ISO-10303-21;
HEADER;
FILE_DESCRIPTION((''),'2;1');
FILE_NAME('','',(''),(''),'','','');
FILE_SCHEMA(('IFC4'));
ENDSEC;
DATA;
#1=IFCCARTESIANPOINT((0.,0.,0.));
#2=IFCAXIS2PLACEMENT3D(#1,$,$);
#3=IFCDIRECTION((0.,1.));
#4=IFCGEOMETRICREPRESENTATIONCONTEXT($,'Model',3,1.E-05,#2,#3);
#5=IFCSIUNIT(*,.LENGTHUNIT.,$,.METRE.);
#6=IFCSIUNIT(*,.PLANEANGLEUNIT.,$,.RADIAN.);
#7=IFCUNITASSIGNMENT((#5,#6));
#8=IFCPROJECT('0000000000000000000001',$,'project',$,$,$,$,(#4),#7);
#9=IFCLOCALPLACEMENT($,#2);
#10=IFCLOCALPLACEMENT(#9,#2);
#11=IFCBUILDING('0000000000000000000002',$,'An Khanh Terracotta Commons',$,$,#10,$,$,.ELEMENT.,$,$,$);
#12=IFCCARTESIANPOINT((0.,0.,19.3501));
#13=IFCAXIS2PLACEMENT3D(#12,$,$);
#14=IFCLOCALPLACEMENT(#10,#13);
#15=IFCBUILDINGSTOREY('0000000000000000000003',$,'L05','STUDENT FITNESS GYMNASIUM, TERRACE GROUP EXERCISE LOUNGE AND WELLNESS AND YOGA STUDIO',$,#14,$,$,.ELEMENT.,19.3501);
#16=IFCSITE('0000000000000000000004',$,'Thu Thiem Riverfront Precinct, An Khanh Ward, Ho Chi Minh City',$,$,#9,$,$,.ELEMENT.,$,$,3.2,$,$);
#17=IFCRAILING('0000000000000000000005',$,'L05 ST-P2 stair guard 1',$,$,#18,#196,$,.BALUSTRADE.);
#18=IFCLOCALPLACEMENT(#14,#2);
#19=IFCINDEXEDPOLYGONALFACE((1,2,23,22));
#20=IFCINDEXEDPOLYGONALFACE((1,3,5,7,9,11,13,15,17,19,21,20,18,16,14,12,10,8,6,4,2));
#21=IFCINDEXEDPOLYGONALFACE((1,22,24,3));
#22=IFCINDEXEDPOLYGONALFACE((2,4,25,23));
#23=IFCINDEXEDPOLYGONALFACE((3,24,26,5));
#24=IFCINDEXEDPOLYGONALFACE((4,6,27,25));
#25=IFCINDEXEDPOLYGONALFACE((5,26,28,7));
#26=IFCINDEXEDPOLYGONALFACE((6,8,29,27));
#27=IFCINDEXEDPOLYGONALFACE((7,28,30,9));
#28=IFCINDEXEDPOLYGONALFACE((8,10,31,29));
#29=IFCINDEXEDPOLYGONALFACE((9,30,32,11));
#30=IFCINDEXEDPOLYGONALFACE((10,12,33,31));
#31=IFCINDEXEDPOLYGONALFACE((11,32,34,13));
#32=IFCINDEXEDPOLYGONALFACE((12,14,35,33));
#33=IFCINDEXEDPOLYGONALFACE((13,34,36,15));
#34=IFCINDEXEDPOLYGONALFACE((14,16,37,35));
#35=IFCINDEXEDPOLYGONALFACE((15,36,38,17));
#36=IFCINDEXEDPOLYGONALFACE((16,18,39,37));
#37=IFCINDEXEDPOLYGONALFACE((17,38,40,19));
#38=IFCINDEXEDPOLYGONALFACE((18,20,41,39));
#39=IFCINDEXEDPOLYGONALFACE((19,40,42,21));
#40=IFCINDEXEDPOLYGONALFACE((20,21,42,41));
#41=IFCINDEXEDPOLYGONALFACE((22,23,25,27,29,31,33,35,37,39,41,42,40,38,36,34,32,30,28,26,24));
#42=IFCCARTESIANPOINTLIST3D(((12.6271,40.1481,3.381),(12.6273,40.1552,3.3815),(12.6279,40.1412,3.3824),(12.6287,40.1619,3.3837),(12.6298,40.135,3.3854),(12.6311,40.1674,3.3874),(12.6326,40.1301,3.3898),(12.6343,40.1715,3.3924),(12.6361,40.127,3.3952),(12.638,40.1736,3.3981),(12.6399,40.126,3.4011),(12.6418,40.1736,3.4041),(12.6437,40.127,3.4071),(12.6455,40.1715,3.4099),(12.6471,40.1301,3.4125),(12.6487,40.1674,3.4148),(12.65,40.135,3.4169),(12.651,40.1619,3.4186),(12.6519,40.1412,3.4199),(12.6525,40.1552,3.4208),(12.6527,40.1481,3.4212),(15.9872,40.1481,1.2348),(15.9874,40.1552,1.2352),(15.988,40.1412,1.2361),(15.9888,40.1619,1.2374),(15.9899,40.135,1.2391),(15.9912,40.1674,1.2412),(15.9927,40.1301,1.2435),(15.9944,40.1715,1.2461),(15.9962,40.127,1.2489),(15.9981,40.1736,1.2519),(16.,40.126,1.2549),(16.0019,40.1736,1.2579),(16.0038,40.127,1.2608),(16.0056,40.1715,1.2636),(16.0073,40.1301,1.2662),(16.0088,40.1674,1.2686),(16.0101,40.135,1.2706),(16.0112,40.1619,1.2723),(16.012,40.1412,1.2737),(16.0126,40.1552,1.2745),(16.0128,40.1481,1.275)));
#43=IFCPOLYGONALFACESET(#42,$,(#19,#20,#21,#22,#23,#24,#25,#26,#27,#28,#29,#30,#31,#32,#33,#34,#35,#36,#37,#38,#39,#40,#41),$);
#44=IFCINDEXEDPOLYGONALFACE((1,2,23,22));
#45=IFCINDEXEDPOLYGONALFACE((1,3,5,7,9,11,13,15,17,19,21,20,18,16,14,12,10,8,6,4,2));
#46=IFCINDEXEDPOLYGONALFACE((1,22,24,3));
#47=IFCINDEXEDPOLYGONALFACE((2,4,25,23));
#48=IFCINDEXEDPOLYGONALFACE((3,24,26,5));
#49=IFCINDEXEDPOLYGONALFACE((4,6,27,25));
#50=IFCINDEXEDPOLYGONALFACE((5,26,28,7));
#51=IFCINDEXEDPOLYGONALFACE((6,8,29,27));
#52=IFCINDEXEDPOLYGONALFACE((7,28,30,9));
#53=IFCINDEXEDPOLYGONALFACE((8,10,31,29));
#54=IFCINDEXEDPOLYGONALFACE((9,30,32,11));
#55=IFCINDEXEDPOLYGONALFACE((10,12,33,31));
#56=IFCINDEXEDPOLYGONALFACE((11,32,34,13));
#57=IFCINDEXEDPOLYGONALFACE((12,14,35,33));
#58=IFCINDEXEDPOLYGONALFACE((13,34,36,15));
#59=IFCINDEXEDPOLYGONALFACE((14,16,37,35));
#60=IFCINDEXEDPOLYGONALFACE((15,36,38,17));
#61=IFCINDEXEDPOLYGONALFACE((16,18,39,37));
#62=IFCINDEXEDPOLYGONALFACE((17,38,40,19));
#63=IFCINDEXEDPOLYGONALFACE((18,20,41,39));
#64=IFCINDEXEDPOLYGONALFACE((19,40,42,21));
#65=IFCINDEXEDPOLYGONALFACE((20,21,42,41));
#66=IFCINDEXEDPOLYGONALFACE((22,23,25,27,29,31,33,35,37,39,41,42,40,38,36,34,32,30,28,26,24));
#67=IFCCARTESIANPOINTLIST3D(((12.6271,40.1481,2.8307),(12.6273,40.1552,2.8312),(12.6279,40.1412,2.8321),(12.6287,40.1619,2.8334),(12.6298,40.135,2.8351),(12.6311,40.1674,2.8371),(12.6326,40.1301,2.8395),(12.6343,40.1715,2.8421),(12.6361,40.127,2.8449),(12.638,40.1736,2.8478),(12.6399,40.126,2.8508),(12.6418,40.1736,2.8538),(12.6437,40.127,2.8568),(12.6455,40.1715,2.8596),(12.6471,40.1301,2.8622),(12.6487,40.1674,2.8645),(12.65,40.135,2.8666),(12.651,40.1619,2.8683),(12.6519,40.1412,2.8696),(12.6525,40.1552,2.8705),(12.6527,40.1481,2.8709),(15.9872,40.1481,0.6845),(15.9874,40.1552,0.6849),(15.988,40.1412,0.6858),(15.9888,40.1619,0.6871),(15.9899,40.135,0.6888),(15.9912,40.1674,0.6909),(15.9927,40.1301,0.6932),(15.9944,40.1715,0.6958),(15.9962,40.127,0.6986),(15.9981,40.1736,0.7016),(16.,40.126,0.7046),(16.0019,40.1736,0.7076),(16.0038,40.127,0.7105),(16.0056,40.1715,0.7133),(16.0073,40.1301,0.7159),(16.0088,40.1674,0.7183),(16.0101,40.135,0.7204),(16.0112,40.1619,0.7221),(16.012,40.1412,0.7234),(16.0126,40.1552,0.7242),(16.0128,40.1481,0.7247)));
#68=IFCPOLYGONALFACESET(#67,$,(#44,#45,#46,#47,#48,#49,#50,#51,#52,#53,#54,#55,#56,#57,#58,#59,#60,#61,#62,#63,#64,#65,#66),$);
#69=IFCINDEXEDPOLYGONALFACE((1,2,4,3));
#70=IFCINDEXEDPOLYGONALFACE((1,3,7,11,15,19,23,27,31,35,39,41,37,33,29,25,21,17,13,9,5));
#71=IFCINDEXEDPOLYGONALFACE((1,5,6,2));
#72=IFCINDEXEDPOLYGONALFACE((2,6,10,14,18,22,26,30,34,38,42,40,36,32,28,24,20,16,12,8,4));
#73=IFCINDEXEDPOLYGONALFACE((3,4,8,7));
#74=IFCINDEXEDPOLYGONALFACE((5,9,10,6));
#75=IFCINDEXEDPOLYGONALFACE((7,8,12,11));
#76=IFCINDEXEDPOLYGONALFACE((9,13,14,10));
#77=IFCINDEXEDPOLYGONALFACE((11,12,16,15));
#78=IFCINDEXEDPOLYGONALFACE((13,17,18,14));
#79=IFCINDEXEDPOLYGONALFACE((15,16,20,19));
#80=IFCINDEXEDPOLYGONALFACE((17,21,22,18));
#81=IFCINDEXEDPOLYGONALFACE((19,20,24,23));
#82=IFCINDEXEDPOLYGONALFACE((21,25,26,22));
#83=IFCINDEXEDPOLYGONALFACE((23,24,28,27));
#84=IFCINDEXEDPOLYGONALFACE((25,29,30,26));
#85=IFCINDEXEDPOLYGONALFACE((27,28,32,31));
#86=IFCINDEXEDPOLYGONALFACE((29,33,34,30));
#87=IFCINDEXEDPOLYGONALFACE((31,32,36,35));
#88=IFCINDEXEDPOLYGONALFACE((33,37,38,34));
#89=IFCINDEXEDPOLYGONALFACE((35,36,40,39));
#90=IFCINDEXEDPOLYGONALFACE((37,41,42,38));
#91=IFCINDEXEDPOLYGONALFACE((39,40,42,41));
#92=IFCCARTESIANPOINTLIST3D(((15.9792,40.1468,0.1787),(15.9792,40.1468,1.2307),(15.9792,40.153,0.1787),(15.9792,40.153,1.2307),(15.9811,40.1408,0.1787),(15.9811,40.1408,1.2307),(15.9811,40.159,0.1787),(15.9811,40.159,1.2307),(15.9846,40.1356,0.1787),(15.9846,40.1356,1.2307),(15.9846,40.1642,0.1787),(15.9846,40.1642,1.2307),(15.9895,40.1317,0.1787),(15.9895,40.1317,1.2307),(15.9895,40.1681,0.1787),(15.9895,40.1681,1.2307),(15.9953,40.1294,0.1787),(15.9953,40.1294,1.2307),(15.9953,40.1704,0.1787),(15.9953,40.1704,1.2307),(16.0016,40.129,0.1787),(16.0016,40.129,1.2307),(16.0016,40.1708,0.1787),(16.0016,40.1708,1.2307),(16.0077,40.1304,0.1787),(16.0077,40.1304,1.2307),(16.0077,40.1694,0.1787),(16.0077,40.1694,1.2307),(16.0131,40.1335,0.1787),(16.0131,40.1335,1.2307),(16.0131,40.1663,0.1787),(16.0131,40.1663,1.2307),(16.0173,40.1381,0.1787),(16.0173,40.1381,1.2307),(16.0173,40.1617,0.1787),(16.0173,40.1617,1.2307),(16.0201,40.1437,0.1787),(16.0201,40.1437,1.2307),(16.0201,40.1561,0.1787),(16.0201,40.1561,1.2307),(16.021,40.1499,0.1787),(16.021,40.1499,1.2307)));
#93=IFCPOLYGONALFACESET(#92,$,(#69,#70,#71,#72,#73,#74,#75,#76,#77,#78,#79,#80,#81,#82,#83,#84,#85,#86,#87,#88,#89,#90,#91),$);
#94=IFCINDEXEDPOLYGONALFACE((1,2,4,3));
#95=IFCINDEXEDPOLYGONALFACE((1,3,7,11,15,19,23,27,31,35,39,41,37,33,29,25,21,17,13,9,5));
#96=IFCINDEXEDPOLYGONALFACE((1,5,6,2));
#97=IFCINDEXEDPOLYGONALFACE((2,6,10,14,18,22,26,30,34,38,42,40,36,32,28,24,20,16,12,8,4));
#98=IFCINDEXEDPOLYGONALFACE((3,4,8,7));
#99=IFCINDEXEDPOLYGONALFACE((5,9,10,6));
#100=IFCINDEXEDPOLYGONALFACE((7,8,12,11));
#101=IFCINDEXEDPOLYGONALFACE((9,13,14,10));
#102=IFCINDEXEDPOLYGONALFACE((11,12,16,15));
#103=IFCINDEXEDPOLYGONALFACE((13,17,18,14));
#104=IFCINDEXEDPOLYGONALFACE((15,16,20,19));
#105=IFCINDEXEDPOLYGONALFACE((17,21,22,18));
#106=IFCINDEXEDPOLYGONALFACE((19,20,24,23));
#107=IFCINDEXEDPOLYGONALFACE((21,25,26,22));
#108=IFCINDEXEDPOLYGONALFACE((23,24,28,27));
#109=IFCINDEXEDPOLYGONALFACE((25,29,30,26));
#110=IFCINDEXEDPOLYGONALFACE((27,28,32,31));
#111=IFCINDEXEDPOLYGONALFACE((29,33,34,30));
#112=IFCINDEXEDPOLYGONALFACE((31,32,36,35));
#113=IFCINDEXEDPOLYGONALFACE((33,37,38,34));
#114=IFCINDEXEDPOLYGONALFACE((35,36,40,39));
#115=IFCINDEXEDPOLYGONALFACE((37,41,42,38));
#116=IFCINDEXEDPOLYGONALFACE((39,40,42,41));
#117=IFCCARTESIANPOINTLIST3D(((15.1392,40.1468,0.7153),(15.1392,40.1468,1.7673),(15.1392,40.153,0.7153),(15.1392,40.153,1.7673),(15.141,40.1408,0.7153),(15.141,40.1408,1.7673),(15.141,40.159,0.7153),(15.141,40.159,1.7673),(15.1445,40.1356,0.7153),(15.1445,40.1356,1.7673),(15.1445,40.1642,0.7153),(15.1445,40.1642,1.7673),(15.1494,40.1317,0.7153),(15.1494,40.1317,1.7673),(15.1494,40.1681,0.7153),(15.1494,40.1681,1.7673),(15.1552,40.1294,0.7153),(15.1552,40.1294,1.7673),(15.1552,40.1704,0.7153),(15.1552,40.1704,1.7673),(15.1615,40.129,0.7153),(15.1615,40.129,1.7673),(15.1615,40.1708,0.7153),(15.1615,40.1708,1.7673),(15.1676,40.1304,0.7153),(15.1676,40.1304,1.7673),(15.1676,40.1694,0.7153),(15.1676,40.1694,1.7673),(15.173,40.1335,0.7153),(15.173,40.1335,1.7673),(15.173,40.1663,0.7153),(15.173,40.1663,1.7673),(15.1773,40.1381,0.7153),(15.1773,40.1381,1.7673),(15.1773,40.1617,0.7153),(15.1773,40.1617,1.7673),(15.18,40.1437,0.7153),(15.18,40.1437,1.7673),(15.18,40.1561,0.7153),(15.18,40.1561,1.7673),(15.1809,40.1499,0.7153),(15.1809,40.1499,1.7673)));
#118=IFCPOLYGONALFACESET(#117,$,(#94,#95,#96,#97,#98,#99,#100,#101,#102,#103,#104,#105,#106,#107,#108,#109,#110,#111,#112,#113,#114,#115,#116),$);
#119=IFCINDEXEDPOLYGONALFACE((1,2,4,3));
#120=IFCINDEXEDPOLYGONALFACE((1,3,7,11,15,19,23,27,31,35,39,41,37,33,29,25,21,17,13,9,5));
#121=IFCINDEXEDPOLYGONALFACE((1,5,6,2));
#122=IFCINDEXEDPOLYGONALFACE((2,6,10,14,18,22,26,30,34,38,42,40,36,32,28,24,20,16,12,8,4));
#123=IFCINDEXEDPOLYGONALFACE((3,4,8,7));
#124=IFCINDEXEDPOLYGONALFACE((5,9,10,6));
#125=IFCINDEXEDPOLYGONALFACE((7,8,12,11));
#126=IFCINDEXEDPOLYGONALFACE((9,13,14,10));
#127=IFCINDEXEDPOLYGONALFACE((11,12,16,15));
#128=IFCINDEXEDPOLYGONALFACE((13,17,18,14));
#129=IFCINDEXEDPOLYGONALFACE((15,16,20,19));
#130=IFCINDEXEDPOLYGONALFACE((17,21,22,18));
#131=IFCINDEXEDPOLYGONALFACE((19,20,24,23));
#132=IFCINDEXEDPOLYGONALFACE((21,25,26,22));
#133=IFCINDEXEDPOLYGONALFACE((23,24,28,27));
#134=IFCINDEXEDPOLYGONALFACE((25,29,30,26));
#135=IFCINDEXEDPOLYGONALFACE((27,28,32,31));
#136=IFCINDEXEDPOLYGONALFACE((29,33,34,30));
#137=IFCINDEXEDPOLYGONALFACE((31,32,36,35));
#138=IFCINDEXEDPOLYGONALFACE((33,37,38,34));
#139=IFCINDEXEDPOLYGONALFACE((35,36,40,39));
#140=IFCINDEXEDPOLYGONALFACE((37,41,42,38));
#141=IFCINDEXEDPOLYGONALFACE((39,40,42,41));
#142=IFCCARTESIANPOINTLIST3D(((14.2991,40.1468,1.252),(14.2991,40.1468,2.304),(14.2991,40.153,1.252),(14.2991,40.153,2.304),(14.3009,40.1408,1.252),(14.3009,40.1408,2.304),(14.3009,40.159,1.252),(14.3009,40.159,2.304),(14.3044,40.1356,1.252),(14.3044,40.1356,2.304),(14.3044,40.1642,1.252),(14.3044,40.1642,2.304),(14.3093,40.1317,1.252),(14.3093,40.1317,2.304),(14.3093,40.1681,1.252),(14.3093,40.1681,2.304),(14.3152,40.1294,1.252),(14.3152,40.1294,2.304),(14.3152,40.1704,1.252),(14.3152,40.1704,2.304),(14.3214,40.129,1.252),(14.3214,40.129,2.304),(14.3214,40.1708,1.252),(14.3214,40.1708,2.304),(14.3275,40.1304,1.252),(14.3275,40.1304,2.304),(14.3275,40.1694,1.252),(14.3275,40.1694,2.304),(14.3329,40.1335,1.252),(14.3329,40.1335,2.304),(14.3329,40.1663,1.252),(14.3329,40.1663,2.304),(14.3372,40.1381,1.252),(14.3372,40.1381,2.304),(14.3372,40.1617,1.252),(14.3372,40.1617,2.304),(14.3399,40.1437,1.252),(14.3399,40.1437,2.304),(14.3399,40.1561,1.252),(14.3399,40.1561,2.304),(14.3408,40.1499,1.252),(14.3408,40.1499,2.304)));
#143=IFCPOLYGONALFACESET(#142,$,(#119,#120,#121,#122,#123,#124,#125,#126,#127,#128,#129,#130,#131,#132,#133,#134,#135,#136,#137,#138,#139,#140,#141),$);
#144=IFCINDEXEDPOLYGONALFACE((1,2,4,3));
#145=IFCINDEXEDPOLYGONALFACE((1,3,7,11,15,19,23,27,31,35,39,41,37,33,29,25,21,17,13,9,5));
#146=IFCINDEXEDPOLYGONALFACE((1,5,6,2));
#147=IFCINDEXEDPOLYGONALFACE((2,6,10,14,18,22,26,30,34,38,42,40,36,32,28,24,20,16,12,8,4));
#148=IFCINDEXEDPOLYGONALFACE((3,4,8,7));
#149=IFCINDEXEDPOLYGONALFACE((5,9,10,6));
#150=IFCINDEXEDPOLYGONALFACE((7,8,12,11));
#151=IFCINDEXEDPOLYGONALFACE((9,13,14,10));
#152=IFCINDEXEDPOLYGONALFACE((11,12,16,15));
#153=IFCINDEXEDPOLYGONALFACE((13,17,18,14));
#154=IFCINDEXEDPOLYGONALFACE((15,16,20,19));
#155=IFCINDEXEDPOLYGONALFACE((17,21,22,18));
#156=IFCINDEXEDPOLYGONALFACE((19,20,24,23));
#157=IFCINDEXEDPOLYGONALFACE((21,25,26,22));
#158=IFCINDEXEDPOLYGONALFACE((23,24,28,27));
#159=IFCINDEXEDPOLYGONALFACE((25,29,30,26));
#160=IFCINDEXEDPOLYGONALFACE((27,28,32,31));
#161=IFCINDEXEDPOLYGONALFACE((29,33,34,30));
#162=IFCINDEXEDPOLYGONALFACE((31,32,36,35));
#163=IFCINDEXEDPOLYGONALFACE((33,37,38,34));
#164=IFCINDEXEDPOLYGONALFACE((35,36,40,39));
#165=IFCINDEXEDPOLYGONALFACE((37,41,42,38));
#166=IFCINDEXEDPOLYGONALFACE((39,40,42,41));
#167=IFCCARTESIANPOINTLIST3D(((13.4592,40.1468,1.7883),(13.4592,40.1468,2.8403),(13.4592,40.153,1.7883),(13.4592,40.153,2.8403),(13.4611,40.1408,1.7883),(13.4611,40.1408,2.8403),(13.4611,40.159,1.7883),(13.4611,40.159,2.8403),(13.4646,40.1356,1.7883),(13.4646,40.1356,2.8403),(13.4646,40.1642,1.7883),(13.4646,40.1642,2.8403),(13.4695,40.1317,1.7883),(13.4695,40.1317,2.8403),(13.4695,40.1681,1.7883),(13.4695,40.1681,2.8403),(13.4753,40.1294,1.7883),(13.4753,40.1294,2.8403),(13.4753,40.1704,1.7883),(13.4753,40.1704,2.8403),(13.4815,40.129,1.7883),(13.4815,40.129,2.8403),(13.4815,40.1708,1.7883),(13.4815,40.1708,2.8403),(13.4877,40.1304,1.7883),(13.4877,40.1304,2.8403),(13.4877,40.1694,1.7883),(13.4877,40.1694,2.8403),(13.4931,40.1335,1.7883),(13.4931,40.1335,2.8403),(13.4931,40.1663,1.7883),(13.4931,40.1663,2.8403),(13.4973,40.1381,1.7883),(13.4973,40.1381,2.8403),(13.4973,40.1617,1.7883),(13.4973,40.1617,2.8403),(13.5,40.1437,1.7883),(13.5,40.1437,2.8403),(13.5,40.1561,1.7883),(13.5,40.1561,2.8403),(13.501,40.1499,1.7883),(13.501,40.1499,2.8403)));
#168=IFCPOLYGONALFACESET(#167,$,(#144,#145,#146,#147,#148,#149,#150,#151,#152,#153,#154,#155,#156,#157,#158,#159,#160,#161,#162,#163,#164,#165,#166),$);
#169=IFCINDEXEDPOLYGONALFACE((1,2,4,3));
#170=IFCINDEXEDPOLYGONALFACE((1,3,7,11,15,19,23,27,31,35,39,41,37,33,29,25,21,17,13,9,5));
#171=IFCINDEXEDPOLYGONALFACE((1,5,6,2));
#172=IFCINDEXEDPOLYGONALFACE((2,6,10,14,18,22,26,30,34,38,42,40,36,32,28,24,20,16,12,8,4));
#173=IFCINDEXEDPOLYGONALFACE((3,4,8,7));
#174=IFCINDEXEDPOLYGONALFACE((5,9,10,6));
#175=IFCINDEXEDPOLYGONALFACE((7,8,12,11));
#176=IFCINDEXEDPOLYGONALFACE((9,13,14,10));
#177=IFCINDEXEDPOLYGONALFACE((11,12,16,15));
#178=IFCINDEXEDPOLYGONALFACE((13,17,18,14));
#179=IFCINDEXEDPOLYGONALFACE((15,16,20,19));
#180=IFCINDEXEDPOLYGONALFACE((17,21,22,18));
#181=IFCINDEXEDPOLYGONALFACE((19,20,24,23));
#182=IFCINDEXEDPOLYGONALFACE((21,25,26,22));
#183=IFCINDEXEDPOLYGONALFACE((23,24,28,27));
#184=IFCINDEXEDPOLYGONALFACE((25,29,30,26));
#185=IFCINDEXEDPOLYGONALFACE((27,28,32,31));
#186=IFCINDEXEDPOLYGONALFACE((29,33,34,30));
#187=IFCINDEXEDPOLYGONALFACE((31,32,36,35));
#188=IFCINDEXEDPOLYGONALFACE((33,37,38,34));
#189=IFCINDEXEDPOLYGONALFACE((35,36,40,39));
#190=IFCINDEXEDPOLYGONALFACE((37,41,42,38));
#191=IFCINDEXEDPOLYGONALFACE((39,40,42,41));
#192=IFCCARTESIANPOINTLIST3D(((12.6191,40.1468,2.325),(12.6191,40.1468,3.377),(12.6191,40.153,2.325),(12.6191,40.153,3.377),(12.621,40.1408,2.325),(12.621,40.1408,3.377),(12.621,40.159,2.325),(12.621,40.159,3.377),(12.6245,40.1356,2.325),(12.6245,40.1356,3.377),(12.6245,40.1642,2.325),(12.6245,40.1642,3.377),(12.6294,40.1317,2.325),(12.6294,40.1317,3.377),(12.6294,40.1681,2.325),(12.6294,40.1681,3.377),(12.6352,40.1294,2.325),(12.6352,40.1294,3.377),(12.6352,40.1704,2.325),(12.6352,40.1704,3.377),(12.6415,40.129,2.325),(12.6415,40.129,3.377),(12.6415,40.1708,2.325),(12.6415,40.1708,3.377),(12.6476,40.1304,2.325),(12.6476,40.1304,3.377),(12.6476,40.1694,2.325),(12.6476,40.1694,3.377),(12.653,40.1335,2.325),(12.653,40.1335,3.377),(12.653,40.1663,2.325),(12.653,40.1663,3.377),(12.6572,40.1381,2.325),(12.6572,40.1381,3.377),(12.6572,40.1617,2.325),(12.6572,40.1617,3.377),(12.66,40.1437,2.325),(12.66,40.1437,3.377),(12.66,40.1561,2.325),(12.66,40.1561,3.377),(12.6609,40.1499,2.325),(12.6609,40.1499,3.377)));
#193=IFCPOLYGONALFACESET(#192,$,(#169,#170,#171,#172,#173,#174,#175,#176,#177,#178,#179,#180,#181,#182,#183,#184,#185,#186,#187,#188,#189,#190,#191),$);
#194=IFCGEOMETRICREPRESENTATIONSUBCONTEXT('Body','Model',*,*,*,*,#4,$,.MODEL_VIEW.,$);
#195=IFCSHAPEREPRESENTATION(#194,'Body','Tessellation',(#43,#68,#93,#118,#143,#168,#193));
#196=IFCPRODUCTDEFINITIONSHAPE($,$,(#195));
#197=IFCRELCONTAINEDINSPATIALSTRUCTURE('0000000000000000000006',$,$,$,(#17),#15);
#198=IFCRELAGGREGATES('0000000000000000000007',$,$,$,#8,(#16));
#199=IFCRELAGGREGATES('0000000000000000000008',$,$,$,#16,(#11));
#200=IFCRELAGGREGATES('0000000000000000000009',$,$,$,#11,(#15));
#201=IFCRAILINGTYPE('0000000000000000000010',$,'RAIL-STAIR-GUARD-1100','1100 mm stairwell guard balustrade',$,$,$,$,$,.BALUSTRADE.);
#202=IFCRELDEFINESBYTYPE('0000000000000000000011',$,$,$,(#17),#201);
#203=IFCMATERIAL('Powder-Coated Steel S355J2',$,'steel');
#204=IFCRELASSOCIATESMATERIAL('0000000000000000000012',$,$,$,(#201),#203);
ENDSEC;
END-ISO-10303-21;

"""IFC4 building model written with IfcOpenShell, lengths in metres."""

from ifc_helpers import new_model, si_unit, direction, frame, origin, origin_2d, place, context, subcontext, project, spatial, circle, extrude, material, type_object, element, save


model = new_model("IFC4")

# Units and contexts
model_context = context("Model", 3, precision=1e-05, world=origin(), true_north=direction((0.0, 1.0)))
body_context = subcontext(model_context, "Body", "Model", "MODEL_VIEW")
ifc_project = project(units=[si_unit("LENGTHUNIT", "METRE"), si_unit("PLANEANGLEUNIT", "RADIAN")], contexts=[model_context])

# Site, building, storey
site_placement = place(None, origin())
site = spatial("IfcSite", under=ifc_project, at=site_placement, Name="Thu Thiem Riverfront Precinct, An Khanh Ward, Ho Chi Minh City", CompositionType="ELEMENT", RefElevation=3.2)
building_placement = place(site_placement, origin())
building = spatial("IfcBuilding", under=site, at=building_placement, Name="An Khanh Terracotta Commons", CompositionType="ELEMENT")
storey_placement = place(building_placement, frame((0.0, 0.0, 19.3501)))
storey = spatial("IfcBuildingStorey", under=building, at=storey_placement, Name="L05", Description="STUDENT FITNESS GYMNASIUM, TERRACE GROUP EXERCISE LOUNGE AND WELLNESS AND YOGA STUDIO", CompositionType="ELEMENT", Elevation=19.3501)

# Railing
ifc_material_1 = material(Name="Powder-Coated Steel S355J2", Category="steel")
railing_type_1 = type_object("IfcRailingType", Name="RAIL-STAIR-GUARD-1100", Description="1100 mm stairwell guard balustrade", PredefinedType="BALUSTRADE", material=ifc_material_1)
railing_1_placement = place(storey_placement, frame((16.0, 40.1499, 0.1787)))
element("IfcRailing", 1, at=railing_1_placement, inside=storey, type_object=railing_type_1, Name="L05 ST-P2 stair guard 1", PredefinedType="BALUSTRADE", context=body_context, shape_type="SweptSolid", body=[
    extrude(circle(Radius=0.0239, at=origin_2d()), frame((0.0, 0.0, 1.0762), z_axis=(-0.842753, 0.0, 0.538301), x_axis=(0.0, -1.0, 0.0)), (0.0, 0.0, 1.0), 3.9871),
    extrude(circle(Radius=0.0239, at=origin_2d()), frame((0.0, 0.0, 0.5259), z_axis=(-0.842753, 0.0, 0.538301), x_axis=(0.0, -1.0, 0.0)), (0.0, 0.0, 1.0), 3.9871),
    extrude(circle(Radius=0.021, at=origin_2d()), origin(), (0.0, 0.0, 1.0), 1.052),
    extrude(circle(Radius=0.021, at=origin_2d()), frame((-0.8401, 0.0, 0.5366)), (0.0, 0.0, 1.0), 1.052),
    extrude(circle(Radius=0.021, at=origin_2d()), frame((-1.6802, 0.0, 1.0732)), (0.0, 0.0, 1.0), 1.052),
    extrude(circle(Radius=0.021, at=origin_2d()), frame((-2.52, 0.0, 1.6096)), (0.0, 0.0, 1.0), 1.052),
    extrude(circle(Radius=0.021, at=origin_2d()), frame((-3.3601, 0.0, 2.1462)), (0.0, 0.0, 1.0), 1.052),
])

save(model, "model.ifc")
